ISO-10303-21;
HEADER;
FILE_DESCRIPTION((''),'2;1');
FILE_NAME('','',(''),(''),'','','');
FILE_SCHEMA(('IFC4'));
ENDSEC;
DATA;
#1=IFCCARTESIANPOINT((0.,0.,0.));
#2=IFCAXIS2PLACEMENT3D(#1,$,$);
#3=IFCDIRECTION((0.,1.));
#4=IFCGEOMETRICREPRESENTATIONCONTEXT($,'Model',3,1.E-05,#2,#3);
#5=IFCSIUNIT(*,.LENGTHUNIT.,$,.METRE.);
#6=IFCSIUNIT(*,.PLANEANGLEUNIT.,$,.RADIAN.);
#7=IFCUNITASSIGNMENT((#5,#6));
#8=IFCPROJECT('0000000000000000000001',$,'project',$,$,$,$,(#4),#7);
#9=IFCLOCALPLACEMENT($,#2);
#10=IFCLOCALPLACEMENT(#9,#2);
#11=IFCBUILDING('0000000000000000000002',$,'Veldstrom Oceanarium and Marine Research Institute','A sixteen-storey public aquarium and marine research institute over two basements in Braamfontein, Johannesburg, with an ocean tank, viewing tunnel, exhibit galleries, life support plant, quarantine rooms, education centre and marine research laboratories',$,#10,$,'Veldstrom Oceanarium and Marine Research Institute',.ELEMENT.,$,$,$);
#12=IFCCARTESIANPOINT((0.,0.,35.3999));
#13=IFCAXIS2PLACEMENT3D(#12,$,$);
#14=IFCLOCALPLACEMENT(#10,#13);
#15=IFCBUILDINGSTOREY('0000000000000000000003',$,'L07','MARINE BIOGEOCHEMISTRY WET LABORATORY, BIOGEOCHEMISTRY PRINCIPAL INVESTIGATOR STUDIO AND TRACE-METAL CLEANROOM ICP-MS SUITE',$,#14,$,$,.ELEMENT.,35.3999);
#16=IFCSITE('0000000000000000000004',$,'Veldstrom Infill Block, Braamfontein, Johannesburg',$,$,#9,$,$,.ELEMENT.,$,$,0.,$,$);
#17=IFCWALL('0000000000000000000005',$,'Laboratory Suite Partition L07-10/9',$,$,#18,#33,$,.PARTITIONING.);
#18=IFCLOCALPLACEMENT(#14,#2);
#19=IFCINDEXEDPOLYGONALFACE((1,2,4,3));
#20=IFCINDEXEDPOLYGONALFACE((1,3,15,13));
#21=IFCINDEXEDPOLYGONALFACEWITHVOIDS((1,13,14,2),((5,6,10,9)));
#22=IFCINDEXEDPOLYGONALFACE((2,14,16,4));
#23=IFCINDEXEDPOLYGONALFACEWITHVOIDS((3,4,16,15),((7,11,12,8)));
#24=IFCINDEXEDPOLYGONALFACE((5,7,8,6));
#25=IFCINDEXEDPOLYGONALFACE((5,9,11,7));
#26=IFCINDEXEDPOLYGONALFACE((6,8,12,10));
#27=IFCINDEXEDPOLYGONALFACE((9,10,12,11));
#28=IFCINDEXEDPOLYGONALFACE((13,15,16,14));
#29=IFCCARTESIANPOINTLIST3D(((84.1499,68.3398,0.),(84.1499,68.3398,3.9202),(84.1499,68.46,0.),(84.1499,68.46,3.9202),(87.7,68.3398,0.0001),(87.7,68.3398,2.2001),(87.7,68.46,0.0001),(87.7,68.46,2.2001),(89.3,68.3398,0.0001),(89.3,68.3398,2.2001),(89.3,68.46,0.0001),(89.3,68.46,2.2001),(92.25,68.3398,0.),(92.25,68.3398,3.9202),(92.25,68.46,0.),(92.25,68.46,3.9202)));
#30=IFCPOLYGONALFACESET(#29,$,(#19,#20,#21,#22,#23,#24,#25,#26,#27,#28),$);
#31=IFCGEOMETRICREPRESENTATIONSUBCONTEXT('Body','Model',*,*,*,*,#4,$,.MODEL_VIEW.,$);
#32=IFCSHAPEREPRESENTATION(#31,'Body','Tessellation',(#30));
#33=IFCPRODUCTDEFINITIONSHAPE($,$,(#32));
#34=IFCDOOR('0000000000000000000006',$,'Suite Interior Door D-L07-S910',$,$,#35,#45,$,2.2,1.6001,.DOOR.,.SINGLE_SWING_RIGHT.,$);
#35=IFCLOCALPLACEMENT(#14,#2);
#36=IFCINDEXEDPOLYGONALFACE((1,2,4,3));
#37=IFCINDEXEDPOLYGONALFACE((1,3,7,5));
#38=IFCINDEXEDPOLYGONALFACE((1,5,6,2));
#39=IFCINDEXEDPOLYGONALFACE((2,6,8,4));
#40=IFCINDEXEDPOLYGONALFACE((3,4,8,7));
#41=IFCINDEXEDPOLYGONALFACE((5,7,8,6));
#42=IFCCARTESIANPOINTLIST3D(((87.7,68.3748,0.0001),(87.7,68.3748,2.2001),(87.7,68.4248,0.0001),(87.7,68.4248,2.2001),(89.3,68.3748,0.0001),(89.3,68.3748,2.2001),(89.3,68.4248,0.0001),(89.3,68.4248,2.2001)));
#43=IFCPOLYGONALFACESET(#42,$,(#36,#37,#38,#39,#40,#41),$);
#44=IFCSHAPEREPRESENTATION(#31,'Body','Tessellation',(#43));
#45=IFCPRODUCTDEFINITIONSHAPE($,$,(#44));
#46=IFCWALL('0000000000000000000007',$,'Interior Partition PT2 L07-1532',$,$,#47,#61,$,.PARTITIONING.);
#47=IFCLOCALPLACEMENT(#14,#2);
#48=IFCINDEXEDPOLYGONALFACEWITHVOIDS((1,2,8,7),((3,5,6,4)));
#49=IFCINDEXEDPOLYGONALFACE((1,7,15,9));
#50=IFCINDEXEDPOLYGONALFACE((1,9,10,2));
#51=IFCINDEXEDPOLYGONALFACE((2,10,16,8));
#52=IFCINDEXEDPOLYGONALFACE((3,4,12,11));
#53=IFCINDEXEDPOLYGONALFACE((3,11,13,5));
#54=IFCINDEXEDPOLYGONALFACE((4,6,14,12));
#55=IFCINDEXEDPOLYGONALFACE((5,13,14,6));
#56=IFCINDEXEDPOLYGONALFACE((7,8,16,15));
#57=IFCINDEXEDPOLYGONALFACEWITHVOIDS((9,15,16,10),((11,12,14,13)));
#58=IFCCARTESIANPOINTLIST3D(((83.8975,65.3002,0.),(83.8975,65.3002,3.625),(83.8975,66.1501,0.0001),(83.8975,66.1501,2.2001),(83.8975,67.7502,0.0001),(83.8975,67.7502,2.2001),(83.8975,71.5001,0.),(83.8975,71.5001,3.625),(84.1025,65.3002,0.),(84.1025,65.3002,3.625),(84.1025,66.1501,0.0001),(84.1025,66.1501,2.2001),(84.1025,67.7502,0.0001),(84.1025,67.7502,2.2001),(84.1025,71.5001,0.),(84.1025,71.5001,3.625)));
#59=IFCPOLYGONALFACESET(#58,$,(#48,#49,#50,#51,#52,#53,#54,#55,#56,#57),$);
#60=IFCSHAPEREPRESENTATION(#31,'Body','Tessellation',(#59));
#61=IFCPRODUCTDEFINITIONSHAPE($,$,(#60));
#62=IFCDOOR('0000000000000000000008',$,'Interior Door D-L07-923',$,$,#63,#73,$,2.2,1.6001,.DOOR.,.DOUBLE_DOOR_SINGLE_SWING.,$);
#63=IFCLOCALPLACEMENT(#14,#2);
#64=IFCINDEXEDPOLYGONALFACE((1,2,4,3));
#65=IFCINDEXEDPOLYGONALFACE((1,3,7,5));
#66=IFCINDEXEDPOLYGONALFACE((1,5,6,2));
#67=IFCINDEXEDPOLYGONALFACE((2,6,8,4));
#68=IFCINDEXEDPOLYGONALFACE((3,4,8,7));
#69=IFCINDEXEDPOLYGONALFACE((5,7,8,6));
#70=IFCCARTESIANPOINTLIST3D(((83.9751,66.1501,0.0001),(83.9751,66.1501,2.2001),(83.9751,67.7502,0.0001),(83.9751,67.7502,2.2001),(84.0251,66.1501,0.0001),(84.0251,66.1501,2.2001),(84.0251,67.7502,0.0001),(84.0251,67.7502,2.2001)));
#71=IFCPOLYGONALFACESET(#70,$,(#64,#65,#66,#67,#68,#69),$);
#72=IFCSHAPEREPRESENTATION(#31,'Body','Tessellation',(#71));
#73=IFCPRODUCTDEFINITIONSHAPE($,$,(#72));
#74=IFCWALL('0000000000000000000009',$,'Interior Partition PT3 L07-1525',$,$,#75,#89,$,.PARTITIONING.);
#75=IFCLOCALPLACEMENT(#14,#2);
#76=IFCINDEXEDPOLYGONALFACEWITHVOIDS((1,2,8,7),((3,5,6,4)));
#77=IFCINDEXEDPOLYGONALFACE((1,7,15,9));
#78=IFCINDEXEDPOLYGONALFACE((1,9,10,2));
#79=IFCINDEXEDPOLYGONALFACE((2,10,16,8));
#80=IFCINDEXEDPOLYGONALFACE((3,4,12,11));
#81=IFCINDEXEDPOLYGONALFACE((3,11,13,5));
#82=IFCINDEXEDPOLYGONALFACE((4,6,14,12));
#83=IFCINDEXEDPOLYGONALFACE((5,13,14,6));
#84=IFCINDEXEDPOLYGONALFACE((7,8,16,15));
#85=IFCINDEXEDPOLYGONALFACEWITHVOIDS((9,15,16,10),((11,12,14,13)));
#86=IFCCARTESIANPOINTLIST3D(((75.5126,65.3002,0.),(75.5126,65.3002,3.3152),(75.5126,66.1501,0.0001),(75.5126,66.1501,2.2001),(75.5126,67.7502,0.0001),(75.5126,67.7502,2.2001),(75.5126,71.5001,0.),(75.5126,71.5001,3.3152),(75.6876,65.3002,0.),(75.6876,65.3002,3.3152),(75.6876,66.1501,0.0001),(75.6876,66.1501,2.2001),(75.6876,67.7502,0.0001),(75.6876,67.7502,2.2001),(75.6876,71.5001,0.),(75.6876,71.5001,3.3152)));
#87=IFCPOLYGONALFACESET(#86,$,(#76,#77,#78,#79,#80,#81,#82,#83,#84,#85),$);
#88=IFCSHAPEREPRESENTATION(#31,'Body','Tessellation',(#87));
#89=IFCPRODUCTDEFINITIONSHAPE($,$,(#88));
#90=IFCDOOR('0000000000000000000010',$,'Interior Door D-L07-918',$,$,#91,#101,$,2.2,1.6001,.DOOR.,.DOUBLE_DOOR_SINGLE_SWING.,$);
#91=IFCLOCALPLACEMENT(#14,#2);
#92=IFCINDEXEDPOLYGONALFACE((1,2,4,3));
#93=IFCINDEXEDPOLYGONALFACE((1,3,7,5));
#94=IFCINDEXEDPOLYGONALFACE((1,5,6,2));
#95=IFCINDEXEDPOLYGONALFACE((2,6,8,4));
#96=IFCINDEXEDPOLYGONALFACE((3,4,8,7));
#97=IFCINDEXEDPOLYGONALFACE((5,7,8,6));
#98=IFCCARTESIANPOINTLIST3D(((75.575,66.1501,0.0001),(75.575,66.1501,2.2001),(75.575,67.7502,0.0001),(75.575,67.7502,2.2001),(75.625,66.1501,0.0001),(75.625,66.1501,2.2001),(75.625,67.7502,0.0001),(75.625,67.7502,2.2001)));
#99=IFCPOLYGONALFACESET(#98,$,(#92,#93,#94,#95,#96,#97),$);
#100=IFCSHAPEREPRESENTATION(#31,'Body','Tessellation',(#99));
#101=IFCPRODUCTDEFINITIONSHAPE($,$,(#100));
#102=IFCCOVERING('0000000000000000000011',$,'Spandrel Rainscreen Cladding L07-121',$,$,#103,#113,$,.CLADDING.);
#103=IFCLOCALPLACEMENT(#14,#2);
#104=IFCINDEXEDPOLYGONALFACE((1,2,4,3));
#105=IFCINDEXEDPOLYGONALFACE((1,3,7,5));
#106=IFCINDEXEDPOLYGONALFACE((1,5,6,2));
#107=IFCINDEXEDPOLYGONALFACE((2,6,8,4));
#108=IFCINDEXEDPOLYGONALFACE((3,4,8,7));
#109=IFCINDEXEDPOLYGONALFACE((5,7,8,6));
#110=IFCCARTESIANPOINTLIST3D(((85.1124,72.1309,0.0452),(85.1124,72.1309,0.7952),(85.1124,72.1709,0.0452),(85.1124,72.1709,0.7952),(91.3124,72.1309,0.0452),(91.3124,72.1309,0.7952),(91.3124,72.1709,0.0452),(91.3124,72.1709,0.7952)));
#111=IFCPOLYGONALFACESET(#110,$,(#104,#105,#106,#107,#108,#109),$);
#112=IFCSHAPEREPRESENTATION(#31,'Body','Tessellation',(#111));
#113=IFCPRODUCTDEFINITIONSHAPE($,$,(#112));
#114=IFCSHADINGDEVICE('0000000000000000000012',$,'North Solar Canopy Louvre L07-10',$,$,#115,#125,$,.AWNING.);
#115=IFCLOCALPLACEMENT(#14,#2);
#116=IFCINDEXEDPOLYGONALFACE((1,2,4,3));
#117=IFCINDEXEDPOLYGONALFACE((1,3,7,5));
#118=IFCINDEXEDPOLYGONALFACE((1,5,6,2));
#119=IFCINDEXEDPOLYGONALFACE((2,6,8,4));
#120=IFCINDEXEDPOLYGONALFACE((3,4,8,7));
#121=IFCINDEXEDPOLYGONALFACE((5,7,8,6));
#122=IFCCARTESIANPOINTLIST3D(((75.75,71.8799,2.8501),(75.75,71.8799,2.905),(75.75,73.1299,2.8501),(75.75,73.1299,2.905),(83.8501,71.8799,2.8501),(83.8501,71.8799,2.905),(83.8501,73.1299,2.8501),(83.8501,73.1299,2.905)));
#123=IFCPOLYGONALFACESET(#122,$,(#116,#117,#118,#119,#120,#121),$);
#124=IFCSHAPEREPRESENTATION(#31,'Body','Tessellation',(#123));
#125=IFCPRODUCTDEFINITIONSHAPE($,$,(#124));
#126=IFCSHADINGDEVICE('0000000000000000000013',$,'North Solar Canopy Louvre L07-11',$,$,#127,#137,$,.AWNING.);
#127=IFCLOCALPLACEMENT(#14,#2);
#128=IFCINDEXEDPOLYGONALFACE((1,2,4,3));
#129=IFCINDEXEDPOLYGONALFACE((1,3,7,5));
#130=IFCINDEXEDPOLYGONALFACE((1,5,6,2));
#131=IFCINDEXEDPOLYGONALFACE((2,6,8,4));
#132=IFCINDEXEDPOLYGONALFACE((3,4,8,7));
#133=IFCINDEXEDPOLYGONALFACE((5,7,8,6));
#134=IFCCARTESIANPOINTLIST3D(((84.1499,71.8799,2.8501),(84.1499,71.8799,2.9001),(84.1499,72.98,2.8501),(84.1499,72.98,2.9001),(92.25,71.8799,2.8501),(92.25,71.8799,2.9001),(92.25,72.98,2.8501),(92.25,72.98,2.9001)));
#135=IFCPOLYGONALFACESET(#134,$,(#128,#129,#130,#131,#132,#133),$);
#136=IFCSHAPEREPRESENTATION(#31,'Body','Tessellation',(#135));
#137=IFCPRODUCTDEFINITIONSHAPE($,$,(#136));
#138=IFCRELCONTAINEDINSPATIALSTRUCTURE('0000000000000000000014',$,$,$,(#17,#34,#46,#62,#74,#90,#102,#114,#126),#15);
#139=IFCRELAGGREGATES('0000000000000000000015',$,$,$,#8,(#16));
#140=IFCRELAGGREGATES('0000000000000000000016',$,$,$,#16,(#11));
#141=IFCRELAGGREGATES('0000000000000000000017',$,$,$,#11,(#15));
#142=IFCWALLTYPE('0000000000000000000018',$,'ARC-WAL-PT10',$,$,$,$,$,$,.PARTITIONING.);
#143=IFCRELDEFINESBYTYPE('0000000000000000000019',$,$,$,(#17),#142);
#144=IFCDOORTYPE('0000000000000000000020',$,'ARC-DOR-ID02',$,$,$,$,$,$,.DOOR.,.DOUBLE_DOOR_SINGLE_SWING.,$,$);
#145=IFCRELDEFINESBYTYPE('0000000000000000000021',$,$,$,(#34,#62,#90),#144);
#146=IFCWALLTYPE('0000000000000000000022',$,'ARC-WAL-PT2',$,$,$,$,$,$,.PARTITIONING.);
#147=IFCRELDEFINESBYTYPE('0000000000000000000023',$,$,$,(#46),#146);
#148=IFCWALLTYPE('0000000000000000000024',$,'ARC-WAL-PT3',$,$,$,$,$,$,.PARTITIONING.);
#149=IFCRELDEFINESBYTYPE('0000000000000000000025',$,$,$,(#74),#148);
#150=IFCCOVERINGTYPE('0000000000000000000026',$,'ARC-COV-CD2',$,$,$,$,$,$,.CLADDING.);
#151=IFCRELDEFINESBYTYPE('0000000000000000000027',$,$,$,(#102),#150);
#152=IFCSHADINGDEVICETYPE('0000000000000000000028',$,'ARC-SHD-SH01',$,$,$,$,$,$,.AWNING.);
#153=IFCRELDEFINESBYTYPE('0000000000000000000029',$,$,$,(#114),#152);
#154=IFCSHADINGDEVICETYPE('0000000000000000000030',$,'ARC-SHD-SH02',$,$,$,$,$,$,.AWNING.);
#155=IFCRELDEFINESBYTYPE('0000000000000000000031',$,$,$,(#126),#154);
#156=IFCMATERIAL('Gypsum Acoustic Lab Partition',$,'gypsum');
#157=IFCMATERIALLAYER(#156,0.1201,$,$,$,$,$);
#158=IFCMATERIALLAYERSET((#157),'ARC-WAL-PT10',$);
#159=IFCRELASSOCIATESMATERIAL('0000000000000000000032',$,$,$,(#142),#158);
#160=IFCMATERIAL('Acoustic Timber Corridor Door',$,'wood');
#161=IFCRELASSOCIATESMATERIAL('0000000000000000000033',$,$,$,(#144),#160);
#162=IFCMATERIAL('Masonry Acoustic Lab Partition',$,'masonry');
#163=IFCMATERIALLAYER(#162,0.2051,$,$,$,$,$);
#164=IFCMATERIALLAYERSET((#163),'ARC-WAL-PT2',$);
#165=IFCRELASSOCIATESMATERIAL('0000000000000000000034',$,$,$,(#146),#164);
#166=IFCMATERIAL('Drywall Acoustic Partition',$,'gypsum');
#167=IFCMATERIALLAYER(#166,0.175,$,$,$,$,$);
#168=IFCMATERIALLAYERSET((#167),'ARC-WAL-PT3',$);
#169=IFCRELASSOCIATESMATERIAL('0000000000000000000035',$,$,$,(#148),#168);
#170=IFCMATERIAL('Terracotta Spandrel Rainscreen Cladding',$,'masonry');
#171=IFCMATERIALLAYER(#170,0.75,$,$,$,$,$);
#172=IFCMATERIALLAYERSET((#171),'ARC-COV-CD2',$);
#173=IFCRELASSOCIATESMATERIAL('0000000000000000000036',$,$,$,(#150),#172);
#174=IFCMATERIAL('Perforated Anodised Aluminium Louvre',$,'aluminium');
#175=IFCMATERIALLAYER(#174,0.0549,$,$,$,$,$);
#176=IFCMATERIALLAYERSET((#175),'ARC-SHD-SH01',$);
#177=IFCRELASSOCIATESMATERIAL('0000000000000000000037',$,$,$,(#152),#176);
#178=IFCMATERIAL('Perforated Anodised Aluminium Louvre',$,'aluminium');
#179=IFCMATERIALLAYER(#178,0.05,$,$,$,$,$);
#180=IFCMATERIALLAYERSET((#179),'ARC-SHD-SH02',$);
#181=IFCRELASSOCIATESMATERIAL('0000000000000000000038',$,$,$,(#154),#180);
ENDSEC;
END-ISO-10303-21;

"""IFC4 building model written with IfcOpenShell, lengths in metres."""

from ifc_helpers import new_model, si_unit, direction, frame, frame_2d, origin, origin_2d, place, context, subcontext, project, spatial, rectangle, extrude, material, layer, layer_set, type_object, element, fill, save


model = new_model("IFC4")

# Units and contexts
model_context = context("Model", 3, precision=1e-05, world=origin(), true_north=direction((0.0, 1.0)))
body_context = subcontext(model_context, "Body", "Model", "MODEL_VIEW")
ifc_project = project(units=[si_unit("LENGTHUNIT", "METRE"), si_unit("PLANEANGLEUNIT", "RADIAN")], contexts=[model_context])

# Site, building, storey
site_placement = place(None, origin())
site = spatial("IfcSite", under=ifc_project, at=site_placement, Name="Veldstrom Infill Block, Braamfontein, Johannesburg", CompositionType="ELEMENT", RefElevation=0.0)
building_placement = place(site_placement, origin())
building = spatial("IfcBuilding", under=site, at=building_placement, Name="Veldstrom Oceanarium and Marine Research Institute", Description="A sixteen-storey public aquarium and marine research institute over two basements in Braamfontein, Johannesburg, with an ocean tank, viewing tunnel, exhibit galleries, life support plant, quarantine rooms, education centre and marine research laboratories", LongName="Veldstrom Oceanarium and Marine Research Institute", CompositionType="ELEMENT")
storey_placement = place(building_placement, frame((0.0, 0.0, 35.3999)))
storey = spatial("IfcBuildingStorey", under=building, at=storey_placement, Name="L07", Description="MARINE BIOGEOCHEMISTRY WET LABORATORY, BIOGEOCHEMISTRY PRINCIPAL INVESTIGATOR STUDIO AND TRACE-METAL CLEANROOM ICP-MS SUITE", CompositionType="ELEMENT", Elevation=35.3999)

# Walls, openings, doors
ifc_material_1 = material(Name="Gypsum Acoustic Lab Partition", Category="gypsum")
ifc_layer_1 = layer(ifc_material_1, 0.1201)
ifc_layer_set_1 = layer_set([ifc_layer_1], Name="ARC-WAL-PT10")
wall_type_1 = type_object("IfcWallType", Name="ARC-WAL-PT10", PredefinedType="PARTITIONING", material=ifc_layer_set_1)
ifc_material_2 = material(Name="Acoustic Timber Corridor Door", Category="wood")
door_type = type_object("IfcDoorType", Name="ARC-DOR-ID02", OperationType="DOUBLE_DOOR_SINGLE_SWING", PredefinedType="DOOR", material=ifc_material_2)
wall_1_placement = place(storey_placement, frame((84.1499, 68.3999, 0.0), z_axis=(0.0, 0.0, 1.0), x_axis=(1.0, 0.0, 0.0)))
wall_1 = element("IfcWall", 1, at=wall_1_placement, inside=storey, type_object=wall_type_1, Name="Laboratory Suite Partition L07-10/9", PredefinedType="PARTITIONING", context=body_context, shape_type="SweptSolid", body=[
    extrude(rectangle(XDim=8.1001, YDim=0.1201, at=frame_2d((4.05, 0.0))), origin(), (0.0, 0.0, 1.0), 3.9202),
])
opening_1_placement = place(wall_1_placement, frame((3.55, 0.0, 0.0)))
opening_1 = element("IfcOpeningElement", 2, at=opening_1_placement, cuts=wall_1, PredefinedType="OPENING", context=body_context, shape_type="SweptSolid", body=[
    extrude(rectangle(XDim=1.6001, YDim=2.2, at=frame_2d((0.8, 1.1001))), frame((0.0, 0.0701, 0.0), z_axis=(0.0, -1.0, 0.0), x_axis=(1.0, 0.0, 0.0)), (0.0, 0.0, 1.0), 0.1401),
])
door_1_placement = place(opening_1_placement, origin())
door_1 = element("IfcDoor", 3, at=door_1_placement, inside=storey, type_object=door_type, Name="Suite Interior Door D-L07-S910", OperationType="SINGLE_SWING_RIGHT", OverallHeight=2.2, OverallWidth=1.6001, PredefinedType="DOOR", context=body_context, shape_type="SweptSolid", body=[
    extrude(rectangle(XDim=1.6001, YDim=2.2, at=frame_2d((0.8, 1.1001))), frame((0.0, 0.0249, 0.0), z_axis=(0.0, -1.0, 0.0), x_axis=(1.0, 0.0, 0.0)), (0.0, 0.0, 1.0), 0.05),
])
fill(opening_1, door_1)
ifc_material_3 = material(Name="Masonry Acoustic Lab Partition", Category="masonry")
ifc_layer_2 = layer(ifc_material_3, 0.2051)
ifc_layer_set_2 = layer_set([ifc_layer_2], Name="ARC-WAL-PT2")
wall_type_2 = type_object("IfcWallType", Name="ARC-WAL-PT2", PredefinedType="PARTITIONING", material=ifc_layer_set_2)
wall_2_placement = place(storey_placement, frame((84.0, 65.3, 0.0), z_axis=(0.0, 0.0, 1.0), x_axis=(0.0, 1.0, 0.0)))
wall_2 = element("IfcWall", 4, at=wall_2_placement, inside=storey, type_object=wall_type_2, Name="Interior Partition PT2 L07-1532", PredefinedType="PARTITIONING", context=body_context, shape_type="SweptSolid", body=[
    extrude(rectangle(XDim=6.2, YDim=0.2051, at=frame_2d((3.1001, 0.0))), origin(), (0.0, 0.0, 1.0), 3.625),
])
opening_2_placement = place(wall_2_placement, frame((0.8501, 0.0, 0.0)))
opening_2 = element("IfcOpeningElement", 5, at=opening_2_placement, cuts=wall_2, PredefinedType="OPENING", context=body_context, shape_type="SweptSolid", body=[
    extrude(rectangle(XDim=1.6001, YDim=2.2, at=frame_2d((0.8, 1.1001))), frame((0.0, 0.1125, 0.0), z_axis=(0.0, -1.0, 0.0), x_axis=(1.0, 0.0, 0.0)), (0.0, 0.0, 1.0), 0.2251),
])
door_2_placement = place(opening_2_placement, origin())
door_2 = element("IfcDoor", 6, at=door_2_placement, inside=storey, type_object=door_type, Name="Interior Door D-L07-923", OperationType="DOUBLE_DOOR_SINGLE_SWING", OverallHeight=2.2, OverallWidth=1.6001, PredefinedType="DOOR", context=body_context, shape_type="SweptSolid", body=[
    extrude(rectangle(XDim=1.6001, YDim=2.2, at=frame_2d((0.8, 1.1001))), frame((0.0, 0.0249, 0.0), z_axis=(0.0, -1.0, 0.0), x_axis=(1.0, 0.0, 0.0)), (0.0, 0.0, 1.0), 0.05),
])
fill(opening_2, door_2)
ifc_material_4 = material(Name="Drywall Acoustic Partition", Category="gypsum")
ifc_layer_3 = layer(ifc_material_4, 0.175)
ifc_layer_set_3 = layer_set([ifc_layer_3], Name="ARC-WAL-PT3")
wall_type_3 = type_object("IfcWallType", Name="ARC-WAL-PT3", PredefinedType="PARTITIONING", material=ifc_layer_set_3)
wall_3_placement = place(storey_placement, frame((75.6001, 65.3, 0.0), z_axis=(0.0, 0.0, 1.0), x_axis=(0.0, 1.0, 0.0)))
wall_3 = element("IfcWall", 7, at=wall_3_placement, inside=storey, type_object=wall_type_3, Name="Interior Partition PT3 L07-1525", PredefinedType="PARTITIONING", context=body_context, shape_type="SweptSolid", body=[
    extrude(rectangle(XDim=6.2, YDim=0.175, at=frame_2d((3.1001, 0.0))), origin(), (0.0, 0.0, 1.0), 3.3152),
])
opening_3_placement = place(wall_3_placement, frame((0.8501, 0.0, 0.0)))
opening_3 = element("IfcOpeningElement", 8, at=opening_3_placement, cuts=wall_3, PredefinedType="OPENING", context=body_context, shape_type="SweptSolid", body=[
    extrude(rectangle(XDim=1.6001, YDim=2.2, at=frame_2d((0.8, 1.1001))), frame((0.0, 0.0974, 0.0), z_axis=(0.0, -1.0, 0.0), x_axis=(1.0, 0.0, 0.0)), (0.0, 0.0, 1.0), 0.1951),
])
door_3_placement = place(opening_3_placement, frame((1.6001, 0.0, 0.0), z_axis=(0.0, 0.0, 1.0), x_axis=(-1.0, 0.0, 0.0)))
door_3 = element("IfcDoor", 9, at=door_3_placement, inside=storey, type_object=door_type, Name="Interior Door D-L07-918", OperationType="DOUBLE_DOOR_SINGLE_SWING", OverallHeight=2.2, OverallWidth=1.6001, PredefinedType="DOOR", context=body_context, shape_type="SweptSolid", body=[
    extrude(rectangle(XDim=1.6001, YDim=2.2, at=frame_2d((0.8, 1.1001))), frame((0.0, 0.0249, 0.0), z_axis=(0.0, -1.0, 0.0), x_axis=(1.0, 0.0, 0.0)), (0.0, 0.0, 1.0), 0.05),
])
fill(opening_3, door_3)

# Covering
ifc_material_5 = material(Name="Terracotta Spandrel Rainscreen Cladding", Category="masonry")
ifc_layer_4 = layer(ifc_material_5, 0.75)
ifc_layer_set_4 = layer_set([ifc_layer_4], Name="ARC-COV-CD2")
covering_type = type_object("IfcCoveringType", Name="ARC-COV-CD2", PredefinedType="CLADDING", material=ifc_layer_set_4)
covering_placement = place(storey_placement, frame((88.2124, 72.1509, 0.0452), z_axis=(0.0, 0.0, 1.0), x_axis=(1.0, 0.0, 0.0)))
element("IfcCovering", 10, at=covering_placement, inside=storey, type_object=covering_type, Name="Spandrel Rainscreen Cladding L07-121", PredefinedType="CLADDING", context=body_context, shape_type="SweptSolid", body=[
    extrude(rectangle(XDim=6.2, YDim=0.04, at=origin_2d()), origin(), (0.0, 0.0, 1.0), 0.75),
])

# Shading devices
ifc_material_6 = material(Name="Perforated Anodised Aluminium Louvre", Category="aluminium")
ifc_layer_5 = layer(ifc_material_6, 0.0549)
ifc_layer_set_5 = layer_set([ifc_layer_5], Name="ARC-SHD-SH01")
shading_device_type_1 = type_object("IfcShadingDeviceType", Name="ARC-SHD-SH01", PredefinedType="AWNING", material=ifc_layer_set_5)
shading_device_1_placement = place(storey_placement, frame((79.8, 72.5049, 2.8501), z_axis=(0.0, 0.0, 1.0), x_axis=(1.0, 0.0, 0.0)))
element("IfcShadingDevice", 11, at=shading_device_1_placement, inside=storey, type_object=shading_device_type_1, Name="North Solar Canopy Louvre L07-10", PredefinedType="AWNING", context=body_context, shape_type="SweptSolid", body=[
    extrude(rectangle(XDim=8.1001, YDim=1.25, at=origin_2d()), origin(), (0.0, 0.0, 1.0), 0.0549),
])
ifc_material_7 = material(Name="Perforated Anodised Aluminium Louvre", Category="aluminium")
ifc_layer_6 = layer(ifc_material_7, 0.05)
ifc_layer_set_6 = layer_set([ifc_layer_6], Name="ARC-SHD-SH02")
shading_device_type_2 = type_object("IfcShadingDeviceType", Name="ARC-SHD-SH02", PredefinedType="AWNING", material=ifc_layer_set_6)
shading_device_2_placement = place(storey_placement, frame((88.2, 72.4299, 2.8501), z_axis=(0.0, 0.0, 1.0), x_axis=(1.0, 0.0, 0.0)))
element("IfcShadingDevice", 12, at=shading_device_2_placement, inside=storey, type_object=shading_device_type_2, Name="North Solar Canopy Louvre L07-11", PredefinedType="AWNING", context=body_context, shape_type="SweptSolid", body=[
    extrude(rectangle(XDim=8.1001, YDim=1.1001, at=origin_2d()), origin(), (0.0, 0.0, 1.0), 0.05),
])

save(model, "model.ifc")
